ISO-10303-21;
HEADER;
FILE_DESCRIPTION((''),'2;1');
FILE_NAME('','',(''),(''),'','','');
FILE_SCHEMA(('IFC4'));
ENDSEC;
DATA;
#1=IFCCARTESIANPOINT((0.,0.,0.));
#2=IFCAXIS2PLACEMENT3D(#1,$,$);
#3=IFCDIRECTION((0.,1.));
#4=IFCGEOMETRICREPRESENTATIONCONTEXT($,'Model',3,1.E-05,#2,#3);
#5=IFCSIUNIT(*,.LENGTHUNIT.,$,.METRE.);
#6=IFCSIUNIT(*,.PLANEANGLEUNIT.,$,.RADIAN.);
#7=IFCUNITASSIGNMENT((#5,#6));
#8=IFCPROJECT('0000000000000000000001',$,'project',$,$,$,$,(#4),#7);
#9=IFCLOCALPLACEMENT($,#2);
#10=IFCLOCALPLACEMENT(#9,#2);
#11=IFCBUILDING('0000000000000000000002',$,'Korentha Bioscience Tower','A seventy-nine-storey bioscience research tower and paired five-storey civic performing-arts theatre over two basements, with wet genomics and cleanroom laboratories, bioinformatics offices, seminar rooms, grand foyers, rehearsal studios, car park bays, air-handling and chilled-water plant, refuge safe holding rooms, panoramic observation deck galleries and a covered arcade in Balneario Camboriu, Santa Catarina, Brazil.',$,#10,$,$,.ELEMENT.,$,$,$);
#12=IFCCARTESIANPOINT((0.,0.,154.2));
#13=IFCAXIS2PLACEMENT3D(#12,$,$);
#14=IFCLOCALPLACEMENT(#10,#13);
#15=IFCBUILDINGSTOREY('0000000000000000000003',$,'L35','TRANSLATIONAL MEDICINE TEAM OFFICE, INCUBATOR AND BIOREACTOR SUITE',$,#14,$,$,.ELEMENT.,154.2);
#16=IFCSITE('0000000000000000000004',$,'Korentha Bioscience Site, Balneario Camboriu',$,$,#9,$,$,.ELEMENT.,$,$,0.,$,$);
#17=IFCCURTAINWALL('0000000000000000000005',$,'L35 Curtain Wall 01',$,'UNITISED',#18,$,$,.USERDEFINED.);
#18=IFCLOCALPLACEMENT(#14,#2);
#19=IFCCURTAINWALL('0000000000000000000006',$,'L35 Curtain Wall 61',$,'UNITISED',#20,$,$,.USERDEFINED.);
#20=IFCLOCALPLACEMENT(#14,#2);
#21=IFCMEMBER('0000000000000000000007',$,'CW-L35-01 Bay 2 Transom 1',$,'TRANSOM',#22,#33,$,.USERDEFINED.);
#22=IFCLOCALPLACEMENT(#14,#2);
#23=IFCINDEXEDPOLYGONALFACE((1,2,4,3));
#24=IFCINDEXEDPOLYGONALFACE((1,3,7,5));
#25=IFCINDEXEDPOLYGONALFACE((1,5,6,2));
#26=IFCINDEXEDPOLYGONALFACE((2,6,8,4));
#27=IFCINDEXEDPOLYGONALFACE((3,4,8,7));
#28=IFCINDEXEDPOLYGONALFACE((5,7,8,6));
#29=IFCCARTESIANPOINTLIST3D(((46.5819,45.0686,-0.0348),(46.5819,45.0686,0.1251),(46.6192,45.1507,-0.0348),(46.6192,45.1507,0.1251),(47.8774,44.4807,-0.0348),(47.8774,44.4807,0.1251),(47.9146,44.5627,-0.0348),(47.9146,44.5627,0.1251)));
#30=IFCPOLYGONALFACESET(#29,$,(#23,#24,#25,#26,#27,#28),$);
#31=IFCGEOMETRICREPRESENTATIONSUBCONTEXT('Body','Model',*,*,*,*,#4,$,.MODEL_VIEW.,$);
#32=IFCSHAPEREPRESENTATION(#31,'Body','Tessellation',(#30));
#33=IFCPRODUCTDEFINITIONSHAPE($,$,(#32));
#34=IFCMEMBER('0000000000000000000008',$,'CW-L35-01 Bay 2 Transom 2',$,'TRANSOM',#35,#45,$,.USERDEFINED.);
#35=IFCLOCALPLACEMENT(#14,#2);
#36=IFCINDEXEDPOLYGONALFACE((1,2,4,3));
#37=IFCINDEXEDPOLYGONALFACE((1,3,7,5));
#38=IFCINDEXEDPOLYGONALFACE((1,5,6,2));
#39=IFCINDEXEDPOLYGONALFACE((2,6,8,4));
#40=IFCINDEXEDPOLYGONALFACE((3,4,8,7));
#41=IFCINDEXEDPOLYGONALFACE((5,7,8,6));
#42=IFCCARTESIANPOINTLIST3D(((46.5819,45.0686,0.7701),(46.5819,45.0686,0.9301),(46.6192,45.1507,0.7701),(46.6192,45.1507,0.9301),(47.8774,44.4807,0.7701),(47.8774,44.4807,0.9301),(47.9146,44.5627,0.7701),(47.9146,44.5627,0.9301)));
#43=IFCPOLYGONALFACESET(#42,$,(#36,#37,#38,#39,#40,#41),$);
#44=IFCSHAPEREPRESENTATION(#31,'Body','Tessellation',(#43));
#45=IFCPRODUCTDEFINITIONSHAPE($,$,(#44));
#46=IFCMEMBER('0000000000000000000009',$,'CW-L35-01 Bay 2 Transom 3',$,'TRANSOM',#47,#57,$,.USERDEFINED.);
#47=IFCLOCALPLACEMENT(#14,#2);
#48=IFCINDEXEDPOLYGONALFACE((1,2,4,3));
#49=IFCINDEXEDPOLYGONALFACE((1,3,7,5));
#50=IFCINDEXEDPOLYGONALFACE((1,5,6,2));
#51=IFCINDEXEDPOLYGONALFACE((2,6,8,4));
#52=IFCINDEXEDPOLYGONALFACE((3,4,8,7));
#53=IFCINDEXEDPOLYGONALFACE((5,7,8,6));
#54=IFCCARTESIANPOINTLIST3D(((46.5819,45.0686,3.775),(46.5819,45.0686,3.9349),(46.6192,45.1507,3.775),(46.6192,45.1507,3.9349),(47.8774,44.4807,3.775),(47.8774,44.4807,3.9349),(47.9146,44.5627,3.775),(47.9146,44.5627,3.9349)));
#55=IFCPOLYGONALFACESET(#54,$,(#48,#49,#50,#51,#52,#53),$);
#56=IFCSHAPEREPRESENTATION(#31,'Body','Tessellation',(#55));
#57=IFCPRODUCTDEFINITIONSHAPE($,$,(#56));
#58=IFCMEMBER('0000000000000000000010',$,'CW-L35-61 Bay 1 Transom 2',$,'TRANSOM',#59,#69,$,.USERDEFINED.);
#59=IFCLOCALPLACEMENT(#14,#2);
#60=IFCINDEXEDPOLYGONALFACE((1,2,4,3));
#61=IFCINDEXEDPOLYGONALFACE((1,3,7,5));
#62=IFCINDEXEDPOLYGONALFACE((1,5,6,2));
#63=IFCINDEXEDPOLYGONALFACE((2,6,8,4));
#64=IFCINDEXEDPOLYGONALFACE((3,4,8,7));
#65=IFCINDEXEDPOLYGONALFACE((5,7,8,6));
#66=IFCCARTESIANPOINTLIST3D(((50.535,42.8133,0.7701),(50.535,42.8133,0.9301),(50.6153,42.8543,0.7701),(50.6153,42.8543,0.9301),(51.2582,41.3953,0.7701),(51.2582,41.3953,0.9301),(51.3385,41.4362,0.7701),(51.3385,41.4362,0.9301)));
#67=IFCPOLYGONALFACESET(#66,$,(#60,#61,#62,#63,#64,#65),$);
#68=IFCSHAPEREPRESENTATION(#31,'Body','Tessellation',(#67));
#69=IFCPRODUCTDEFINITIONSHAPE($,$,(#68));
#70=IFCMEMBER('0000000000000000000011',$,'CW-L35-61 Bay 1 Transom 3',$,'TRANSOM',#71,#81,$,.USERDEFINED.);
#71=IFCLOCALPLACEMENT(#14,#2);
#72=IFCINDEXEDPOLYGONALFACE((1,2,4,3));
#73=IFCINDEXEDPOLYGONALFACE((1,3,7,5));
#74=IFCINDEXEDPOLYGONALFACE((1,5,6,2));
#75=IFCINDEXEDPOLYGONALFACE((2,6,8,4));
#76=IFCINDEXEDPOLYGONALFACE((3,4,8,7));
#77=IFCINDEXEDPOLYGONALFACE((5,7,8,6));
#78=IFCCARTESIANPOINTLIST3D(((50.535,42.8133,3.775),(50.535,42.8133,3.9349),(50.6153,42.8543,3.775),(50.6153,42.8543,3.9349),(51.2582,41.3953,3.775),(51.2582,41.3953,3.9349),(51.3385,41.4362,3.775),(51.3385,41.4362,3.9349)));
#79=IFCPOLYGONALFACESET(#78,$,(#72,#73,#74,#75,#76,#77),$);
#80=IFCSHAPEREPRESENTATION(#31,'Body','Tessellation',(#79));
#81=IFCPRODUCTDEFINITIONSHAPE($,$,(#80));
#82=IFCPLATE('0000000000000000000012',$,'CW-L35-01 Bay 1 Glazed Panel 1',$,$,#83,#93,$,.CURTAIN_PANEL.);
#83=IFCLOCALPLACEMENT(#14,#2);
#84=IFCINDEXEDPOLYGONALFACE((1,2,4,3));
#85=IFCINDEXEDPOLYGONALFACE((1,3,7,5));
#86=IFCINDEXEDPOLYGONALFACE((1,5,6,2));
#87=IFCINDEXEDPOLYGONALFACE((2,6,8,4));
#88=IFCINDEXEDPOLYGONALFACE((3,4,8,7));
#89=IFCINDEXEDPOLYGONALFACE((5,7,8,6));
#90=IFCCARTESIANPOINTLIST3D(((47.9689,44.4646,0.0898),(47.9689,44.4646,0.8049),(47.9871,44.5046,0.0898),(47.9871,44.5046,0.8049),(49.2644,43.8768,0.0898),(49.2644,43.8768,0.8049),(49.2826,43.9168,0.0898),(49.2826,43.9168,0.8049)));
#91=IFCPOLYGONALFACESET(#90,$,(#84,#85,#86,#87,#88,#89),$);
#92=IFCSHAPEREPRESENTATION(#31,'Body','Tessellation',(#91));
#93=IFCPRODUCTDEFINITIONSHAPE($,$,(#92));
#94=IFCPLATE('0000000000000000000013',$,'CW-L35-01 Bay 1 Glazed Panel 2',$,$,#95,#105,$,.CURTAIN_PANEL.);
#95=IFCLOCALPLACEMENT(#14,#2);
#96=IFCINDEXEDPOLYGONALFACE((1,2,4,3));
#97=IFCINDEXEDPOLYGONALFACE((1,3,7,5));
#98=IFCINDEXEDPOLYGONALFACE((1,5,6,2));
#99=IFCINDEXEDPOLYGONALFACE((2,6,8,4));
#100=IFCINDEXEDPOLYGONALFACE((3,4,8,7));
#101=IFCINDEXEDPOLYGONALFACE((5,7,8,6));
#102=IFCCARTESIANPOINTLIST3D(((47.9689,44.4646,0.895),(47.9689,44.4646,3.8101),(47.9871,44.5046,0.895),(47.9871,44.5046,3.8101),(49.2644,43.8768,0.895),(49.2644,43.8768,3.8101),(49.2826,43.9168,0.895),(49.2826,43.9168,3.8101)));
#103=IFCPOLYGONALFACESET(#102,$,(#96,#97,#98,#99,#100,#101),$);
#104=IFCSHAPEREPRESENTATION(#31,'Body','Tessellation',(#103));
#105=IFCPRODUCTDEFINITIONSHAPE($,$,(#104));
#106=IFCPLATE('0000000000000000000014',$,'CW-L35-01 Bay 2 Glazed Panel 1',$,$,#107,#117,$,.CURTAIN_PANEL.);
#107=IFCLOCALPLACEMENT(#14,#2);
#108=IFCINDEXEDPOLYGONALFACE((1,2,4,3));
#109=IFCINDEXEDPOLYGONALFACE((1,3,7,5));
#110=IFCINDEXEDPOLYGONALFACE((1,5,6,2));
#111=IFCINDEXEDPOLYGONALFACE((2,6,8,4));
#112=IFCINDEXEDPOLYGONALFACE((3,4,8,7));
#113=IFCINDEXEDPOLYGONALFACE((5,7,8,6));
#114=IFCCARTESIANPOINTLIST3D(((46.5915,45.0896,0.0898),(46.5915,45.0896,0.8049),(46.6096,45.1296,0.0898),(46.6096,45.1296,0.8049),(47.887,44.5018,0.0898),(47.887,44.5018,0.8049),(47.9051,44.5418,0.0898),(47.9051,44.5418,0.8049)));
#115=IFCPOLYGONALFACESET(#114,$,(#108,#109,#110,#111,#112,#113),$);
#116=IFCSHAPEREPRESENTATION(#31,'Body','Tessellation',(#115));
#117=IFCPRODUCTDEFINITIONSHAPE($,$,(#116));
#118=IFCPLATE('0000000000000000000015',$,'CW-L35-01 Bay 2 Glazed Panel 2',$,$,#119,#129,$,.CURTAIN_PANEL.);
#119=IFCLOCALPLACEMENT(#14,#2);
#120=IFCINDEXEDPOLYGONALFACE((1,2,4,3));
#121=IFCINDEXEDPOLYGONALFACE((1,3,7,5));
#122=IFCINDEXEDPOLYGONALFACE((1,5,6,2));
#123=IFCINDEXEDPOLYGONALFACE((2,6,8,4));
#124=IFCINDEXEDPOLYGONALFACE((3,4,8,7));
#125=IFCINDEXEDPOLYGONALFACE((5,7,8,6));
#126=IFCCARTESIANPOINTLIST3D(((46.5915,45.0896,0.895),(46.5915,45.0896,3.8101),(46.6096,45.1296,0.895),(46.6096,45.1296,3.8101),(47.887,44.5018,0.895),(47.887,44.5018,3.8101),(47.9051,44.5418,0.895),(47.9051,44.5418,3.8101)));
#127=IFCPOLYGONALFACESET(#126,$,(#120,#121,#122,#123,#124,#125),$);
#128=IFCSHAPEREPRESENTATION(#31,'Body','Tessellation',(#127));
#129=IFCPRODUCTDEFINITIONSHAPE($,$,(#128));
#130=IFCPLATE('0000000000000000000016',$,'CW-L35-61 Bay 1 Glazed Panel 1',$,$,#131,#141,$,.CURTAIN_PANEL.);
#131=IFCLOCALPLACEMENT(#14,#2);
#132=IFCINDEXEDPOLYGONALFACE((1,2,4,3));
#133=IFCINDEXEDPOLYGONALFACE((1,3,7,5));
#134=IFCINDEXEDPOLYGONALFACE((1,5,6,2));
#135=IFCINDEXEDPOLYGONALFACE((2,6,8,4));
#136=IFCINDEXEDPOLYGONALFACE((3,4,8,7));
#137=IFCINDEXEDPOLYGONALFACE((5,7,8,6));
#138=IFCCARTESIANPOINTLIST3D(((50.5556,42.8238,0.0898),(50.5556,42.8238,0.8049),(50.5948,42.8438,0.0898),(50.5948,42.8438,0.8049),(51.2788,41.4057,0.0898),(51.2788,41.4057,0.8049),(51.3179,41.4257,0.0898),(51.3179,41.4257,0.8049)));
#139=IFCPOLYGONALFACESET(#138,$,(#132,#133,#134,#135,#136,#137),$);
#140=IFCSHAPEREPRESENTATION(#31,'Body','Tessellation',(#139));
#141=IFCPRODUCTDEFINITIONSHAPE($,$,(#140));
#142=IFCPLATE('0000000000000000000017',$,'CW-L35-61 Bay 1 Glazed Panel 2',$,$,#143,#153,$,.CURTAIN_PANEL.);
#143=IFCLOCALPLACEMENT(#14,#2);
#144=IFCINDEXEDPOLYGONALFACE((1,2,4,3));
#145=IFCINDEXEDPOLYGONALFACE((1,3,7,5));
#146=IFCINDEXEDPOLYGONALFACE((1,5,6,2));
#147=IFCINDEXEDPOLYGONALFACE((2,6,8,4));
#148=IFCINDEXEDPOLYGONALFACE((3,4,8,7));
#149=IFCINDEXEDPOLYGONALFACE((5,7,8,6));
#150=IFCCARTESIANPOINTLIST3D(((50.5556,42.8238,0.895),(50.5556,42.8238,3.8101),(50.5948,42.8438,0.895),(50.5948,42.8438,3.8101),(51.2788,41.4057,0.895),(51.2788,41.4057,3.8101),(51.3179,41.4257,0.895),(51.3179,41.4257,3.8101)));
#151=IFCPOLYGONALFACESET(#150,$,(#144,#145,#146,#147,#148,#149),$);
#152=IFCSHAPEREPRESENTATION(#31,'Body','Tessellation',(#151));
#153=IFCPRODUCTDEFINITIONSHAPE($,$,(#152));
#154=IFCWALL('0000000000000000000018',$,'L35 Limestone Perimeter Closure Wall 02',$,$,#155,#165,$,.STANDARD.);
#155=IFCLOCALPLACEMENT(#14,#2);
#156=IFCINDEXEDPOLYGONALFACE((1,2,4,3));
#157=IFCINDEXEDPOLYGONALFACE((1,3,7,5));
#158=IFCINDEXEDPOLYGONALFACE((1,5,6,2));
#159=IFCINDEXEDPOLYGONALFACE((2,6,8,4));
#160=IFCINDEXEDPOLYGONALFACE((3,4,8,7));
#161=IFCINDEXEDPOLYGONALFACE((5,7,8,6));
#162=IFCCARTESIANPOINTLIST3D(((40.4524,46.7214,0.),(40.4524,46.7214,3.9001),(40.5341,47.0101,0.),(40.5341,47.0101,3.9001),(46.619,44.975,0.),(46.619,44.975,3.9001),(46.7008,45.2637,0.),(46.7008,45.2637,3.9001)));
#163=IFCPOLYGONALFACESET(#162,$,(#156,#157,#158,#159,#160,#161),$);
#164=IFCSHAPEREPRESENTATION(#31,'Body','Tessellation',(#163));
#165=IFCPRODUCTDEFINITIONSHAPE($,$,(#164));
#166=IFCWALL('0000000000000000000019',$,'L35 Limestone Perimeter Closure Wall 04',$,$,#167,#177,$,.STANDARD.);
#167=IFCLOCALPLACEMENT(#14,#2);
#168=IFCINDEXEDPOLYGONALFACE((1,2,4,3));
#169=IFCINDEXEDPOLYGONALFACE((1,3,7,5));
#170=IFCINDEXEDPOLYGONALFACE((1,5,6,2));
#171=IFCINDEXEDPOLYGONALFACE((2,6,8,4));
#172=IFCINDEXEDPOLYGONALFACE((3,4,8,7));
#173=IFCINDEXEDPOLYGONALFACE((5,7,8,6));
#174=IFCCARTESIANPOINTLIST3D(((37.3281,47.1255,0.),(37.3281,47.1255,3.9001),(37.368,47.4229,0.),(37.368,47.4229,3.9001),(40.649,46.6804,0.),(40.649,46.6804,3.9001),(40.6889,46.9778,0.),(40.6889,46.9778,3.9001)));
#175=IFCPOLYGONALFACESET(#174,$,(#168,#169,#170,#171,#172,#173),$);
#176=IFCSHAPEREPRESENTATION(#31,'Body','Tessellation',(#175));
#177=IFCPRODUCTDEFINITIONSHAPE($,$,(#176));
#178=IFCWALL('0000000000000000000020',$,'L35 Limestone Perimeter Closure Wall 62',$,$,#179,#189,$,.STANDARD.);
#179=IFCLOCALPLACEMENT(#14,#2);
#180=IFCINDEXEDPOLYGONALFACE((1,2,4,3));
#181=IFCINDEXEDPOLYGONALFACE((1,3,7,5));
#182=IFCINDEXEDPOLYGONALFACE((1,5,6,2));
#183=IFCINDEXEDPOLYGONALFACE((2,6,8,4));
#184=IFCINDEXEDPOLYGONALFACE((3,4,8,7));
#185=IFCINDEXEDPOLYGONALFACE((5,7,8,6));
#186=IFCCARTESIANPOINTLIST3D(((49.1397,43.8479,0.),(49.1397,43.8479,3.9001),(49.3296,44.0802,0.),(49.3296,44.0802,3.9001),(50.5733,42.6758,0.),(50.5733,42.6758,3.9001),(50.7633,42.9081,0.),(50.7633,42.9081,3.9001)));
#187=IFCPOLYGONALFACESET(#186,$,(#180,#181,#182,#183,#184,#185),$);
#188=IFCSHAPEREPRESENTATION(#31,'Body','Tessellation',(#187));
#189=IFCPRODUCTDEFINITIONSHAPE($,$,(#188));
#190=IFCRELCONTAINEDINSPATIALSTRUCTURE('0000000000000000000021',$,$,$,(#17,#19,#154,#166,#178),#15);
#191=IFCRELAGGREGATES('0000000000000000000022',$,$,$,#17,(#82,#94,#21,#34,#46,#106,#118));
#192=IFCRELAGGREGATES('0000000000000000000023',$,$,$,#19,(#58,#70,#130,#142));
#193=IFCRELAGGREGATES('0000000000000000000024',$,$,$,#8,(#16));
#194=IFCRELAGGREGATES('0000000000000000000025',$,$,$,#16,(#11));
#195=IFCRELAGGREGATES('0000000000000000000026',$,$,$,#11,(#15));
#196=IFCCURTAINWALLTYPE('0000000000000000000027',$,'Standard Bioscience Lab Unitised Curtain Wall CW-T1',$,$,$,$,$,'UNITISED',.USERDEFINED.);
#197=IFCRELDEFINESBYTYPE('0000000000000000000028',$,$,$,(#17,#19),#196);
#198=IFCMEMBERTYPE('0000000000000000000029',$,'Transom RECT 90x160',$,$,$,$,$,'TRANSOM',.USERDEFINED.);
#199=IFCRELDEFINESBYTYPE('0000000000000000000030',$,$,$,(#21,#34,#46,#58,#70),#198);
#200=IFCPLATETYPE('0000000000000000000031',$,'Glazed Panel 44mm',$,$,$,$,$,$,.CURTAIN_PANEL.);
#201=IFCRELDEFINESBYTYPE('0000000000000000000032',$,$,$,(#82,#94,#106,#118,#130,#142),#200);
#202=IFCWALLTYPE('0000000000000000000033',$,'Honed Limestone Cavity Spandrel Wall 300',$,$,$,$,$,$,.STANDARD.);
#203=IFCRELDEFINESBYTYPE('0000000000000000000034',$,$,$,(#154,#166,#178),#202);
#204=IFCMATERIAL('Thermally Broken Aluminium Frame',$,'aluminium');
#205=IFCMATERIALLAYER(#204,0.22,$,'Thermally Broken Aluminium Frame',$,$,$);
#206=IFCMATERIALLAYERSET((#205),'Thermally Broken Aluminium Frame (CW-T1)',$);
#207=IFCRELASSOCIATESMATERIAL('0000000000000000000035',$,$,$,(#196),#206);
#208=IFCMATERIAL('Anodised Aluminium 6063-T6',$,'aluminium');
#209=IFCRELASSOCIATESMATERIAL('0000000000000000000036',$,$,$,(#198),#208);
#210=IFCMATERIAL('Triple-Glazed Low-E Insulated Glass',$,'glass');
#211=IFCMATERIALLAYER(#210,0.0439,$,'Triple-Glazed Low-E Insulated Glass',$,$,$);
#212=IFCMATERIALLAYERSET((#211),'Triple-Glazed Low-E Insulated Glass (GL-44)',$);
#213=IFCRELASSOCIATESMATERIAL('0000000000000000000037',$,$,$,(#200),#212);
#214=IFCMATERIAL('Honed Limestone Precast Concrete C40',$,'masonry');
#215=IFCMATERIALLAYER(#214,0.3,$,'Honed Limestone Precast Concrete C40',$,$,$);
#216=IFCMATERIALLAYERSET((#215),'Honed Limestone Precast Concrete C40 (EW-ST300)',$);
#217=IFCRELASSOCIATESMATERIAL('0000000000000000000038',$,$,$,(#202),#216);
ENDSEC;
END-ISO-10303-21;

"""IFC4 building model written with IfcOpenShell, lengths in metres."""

from ifc_helpers import new_model, si_unit, direction, frame, frame_2d, origin, origin_2d, place, context, subcontext, project, spatial, rectangle, extrude, material, layer, layer_set, material_profile, profile_set, type_object, element, aggregate, save


model = new_model("IFC4")

# Units and contexts
model_context = context("Model", 3, precision=1e-05, world=origin(), true_north=direction((0.0, 1.0)))
body_context = subcontext(model_context, "Body", "Model", "MODEL_VIEW")
ifc_project = project(units=[si_unit("LENGTHUNIT", "METRE"), si_unit("PLANEANGLEUNIT", "RADIAN")], contexts=[model_context])

# Site, building, storey
site_placement = place(None, origin())
site = spatial("IfcSite", under=ifc_project, at=site_placement, Name="Korentha Bioscience Site, Balneario Camboriu", CompositionType="ELEMENT", RefElevation=0.0)
building_placement = place(site_placement, origin())
building = spatial("IfcBuilding", under=site, at=building_placement, Name="Korentha Bioscience Tower", Description="A seventy-nine-storey bioscience research tower and paired five-storey civic performing-arts theatre over two basements, with wet genomics and cleanroom laboratories, bioinformatics offices, seminar rooms, grand foyers, rehearsal studios, car park bays, air-handling and chilled-water plant, refuge safe holding rooms, panoramic observation deck galleries and a covered arcade in Balneario Camboriu, Santa Catarina, Brazil.", CompositionType="ELEMENT")
storey_placement = place(building_placement, frame((0.0, 0.0, 154.2)))
storey = spatial("IfcBuildingStorey", under=building, at=storey_placement, Name="L35", Description="TRANSLATIONAL MEDICINE TEAM OFFICE, INCUBATOR AND BIOREACTOR SUITE", CompositionType="ELEMENT", Elevation=154.2)

# Curtain wall
ifc_material_1 = material(Name="Thermally Broken Aluminium Frame", Category="aluminium")
ifc_layer_1 = layer(ifc_material_1, 0.22, Name="Thermally Broken Aluminium Frame")
ifc_layer_set_1 = layer_set([ifc_layer_1], Name="Thermally Broken Aluminium Frame (CW-T1)")
curtain_wall_type = type_object("IfcCurtainWallType", Name="Standard Bioscience Lab Unitised Curtain Wall CW-T1", ElementType="UNITISED", PredefinedType="USERDEFINED", material=ifc_layer_set_1)
curtain_wall_1_placement = place(storey_placement, origin())
curtain_wall_1 = element("IfcCurtainWall", 1, at=curtain_wall_1_placement, inside=storey, type_object=curtain_wall_type, Name="L35 Curtain Wall 01", ObjectType="UNITISED", PredefinedType="USERDEFINED")
ifc_material_2 = material(Name="Anodised Aluminium 6063-T6", Category="aluminium")

# Curtain wall
curtain_wall_2_placement = place(storey_placement, origin())
curtain_wall_2 = element("IfcCurtainWall", 2, at=curtain_wall_2_placement, inside=storey, type_object=curtain_wall_type, Name="L35 Curtain Wall 61", ObjectType="UNITISED", PredefinedType="USERDEFINED")

# Members
ifc_material_profile_1 = material_profile(ifc_material_2, rectangle(XDim=0.0901, YDim=0.1599, at=origin_2d()), Name="Anodised Aluminium 6063-T6")
ifc_profile_set_1 = profile_set([ifc_material_profile_1], Name="Anodised Aluminium 6063-T6 (CW-TRN)")
member_type_1 = type_object("IfcMemberType", Name="Transom RECT 90x160", ElementType="TRANSOM", PredefinedType="USERDEFINED", material=ifc_profile_set_1)
member_1_placement = place(storey_placement, frame((47.896, 44.5217, 0.0452), z_axis=(-0.910613, 0.41326, 0.0), x_axis=(-0.41326, -0.910613, 0.0)))
member_1 = element("IfcMember", 3, at=member_1_placement, type_object=member_type_1, Name="CW-L35-01 Bay 2 Transom 1", ObjectType="TRANSOM", PredefinedType="USERDEFINED", context=body_context, shape_type="SweptSolid", body=[
    extrude(rectangle(XDim=0.0901, YDim=0.1599, at=origin_2d()), origin(), (0.0, 0.0, 1.0), 1.4226),
])
member_2_placement = place(storey_placement, frame((47.896, 44.5217, 0.8501), z_axis=(-0.910613, 0.41326, 0.0), x_axis=(-0.41326, -0.910613, 0.0)))
member_2 = element("IfcMember", 4, at=member_2_placement, type_object=member_type_1, Name="CW-L35-01 Bay 2 Transom 2", ObjectType="TRANSOM", PredefinedType="USERDEFINED", context=body_context, shape_type="SweptSolid", body=[
    extrude(rectangle(XDim=0.0901, YDim=0.1599, at=origin_2d()), origin(), (0.0, 0.0, 1.0), 1.4226),
])
member_3_placement = place(storey_placement, frame((47.896, 44.5217, 3.855), z_axis=(-0.910613, 0.41326, 0.0), x_axis=(-0.41326, -0.910613, 0.0)))
member_3 = element("IfcMember", 5, at=member_3_placement, type_object=member_type_1, Name="CW-L35-01 Bay 2 Transom 3", ObjectType="TRANSOM", PredefinedType="USERDEFINED", context=body_context, shape_type="SweptSolid", body=[
    extrude(rectangle(XDim=0.0901, YDim=0.1599, at=origin_2d()), origin(), (0.0, 0.0, 1.0), 1.4226),
])
member_4_placement = place(storey_placement, frame((51.2983, 41.4158, 0.8501), z_axis=(-0.454316, 0.89084, 0.0), x_axis=(-0.89084, -0.454316, 0.0)))
member_4 = element("IfcMember", 6, at=member_4_placement, type_object=member_type_1, Name="CW-L35-61 Bay 1 Transom 2", ObjectType="TRANSOM", PredefinedType="USERDEFINED", context=body_context, shape_type="SweptSolid", body=[
    extrude(rectangle(XDim=0.0901, YDim=0.1599, at=origin_2d()), origin(), (0.0, 0.0, 1.0), 1.5918),
])
member_5_placement = place(storey_placement, frame((51.2983, 41.4158, 3.855), z_axis=(-0.454316, 0.89084, 0.0), x_axis=(-0.89084, -0.454316, 0.0)))
member_5 = element("IfcMember", 7, at=member_5_placement, type_object=member_type_1, Name="CW-L35-61 Bay 1 Transom 3", ObjectType="TRANSOM", PredefinedType="USERDEFINED", context=body_context, shape_type="SweptSolid", body=[
    extrude(rectangle(XDim=0.0901, YDim=0.1599, at=origin_2d()), origin(), (0.0, 0.0, 1.0), 1.5918),
])

# Plates
ifc_material_3 = material(Name="Triple-Glazed Low-E Insulated Glass", Category="glass")
ifc_layer_2 = layer(ifc_material_3, 0.0439, Name="Triple-Glazed Low-E Insulated Glass")
ifc_layer_set_2 = layer_set([ifc_layer_2], Name="Triple-Glazed Low-E Insulated Glass (GL-44)")
plate_type = type_object("IfcPlateType", Name="Glazed Panel 44mm", PredefinedType="CURTAIN_PANEL", material=ifc_layer_set_2)
plate_1_placement = place(storey_placement, frame((48.6257, 44.1907, 0.0898), z_axis=(0.0, 0.0, 1.0), x_axis=(-0.910644, 0.413191, 0.0)))
plate_1 = element("IfcPlate", 8, at=plate_1_placement, type_object=plate_type, Name="CW-L35-01 Bay 1 Glazed Panel 1", PredefinedType="CURTAIN_PANEL", context=body_context, shape_type="SweptSolid", body=[
    extrude(rectangle(XDim=1.4226, YDim=0.0439, at=origin_2d()), origin(), (0.0, 0.0, 1.0), 0.7151),
])
plate_2_placement = place(storey_placement, frame((48.6257, 44.1907, 0.895), z_axis=(0.0, 0.0, 1.0), x_axis=(-0.910644, 0.413191, 0.0)))
plate_2 = element("IfcPlate", 9, at=plate_2_placement, type_object=plate_type, Name="CW-L35-01 Bay 1 Glazed Panel 2", PredefinedType="CURTAIN_PANEL", context=body_context, shape_type="SweptSolid", body=[
    extrude(rectangle(XDim=1.4226, YDim=0.0439, at=origin_2d()), origin(), (0.0, 0.0, 1.0), 2.915),
])
plate_3_placement = place(storey_placement, frame((47.2483, 44.8157, 0.0898), z_axis=(0.0, 0.0, 1.0), x_axis=(-0.910644, 0.413191, 0.0)))
plate_3 = element("IfcPlate", 10, at=plate_3_placement, type_object=plate_type, Name="CW-L35-01 Bay 2 Glazed Panel 1", PredefinedType="CURTAIN_PANEL", context=body_context, shape_type="SweptSolid", body=[
    extrude(rectangle(XDim=1.4226, YDim=0.0439, at=origin_2d()), origin(), (0.0, 0.0, 1.0), 0.7151),
])
plate_4_placement = place(storey_placement, frame((47.2483, 44.8157, 0.895), z_axis=(0.0, 0.0, 1.0), x_axis=(-0.910644, 0.413191, 0.0)))
plate_4 = element("IfcPlate", 11, at=plate_4_placement, type_object=plate_type, Name="CW-L35-01 Bay 2 Glazed Panel 2", PredefinedType="CURTAIN_PANEL", context=body_context, shape_type="SweptSolid", body=[
    extrude(rectangle(XDim=1.4226, YDim=0.0439, at=origin_2d()), origin(), (0.0, 0.0, 1.0), 2.915),
])
aggregate(curtain_wall_1, [plate_1, plate_2, member_1, member_2, member_3, plate_3, plate_4])
plate_5_placement = place(storey_placement, frame((50.9368, 42.1248, 0.0898), z_axis=(0.0, 0.0, 1.0), x_axis=(-0.454288, 0.890855, 0.0)))
plate_5 = element("IfcPlate", 12, at=plate_5_placement, type_object=plate_type, Name="CW-L35-61 Bay 1 Glazed Panel 1", PredefinedType="CURTAIN_PANEL", context=body_context, shape_type="SweptSolid", body=[
    extrude(rectangle(XDim=1.5918, YDim=0.0439, at=origin_2d()), origin(), (0.0, 0.0, 1.0), 0.7151),
])
plate_6_placement = place(storey_placement, frame((50.9368, 42.1248, 0.895), z_axis=(0.0, 0.0, 1.0), x_axis=(-0.454288, 0.890855, 0.0)))
plate_6 = element("IfcPlate", 13, at=plate_6_placement, type_object=plate_type, Name="CW-L35-61 Bay 1 Glazed Panel 2", PredefinedType="CURTAIN_PANEL", context=body_context, shape_type="SweptSolid", body=[
    extrude(rectangle(XDim=1.5918, YDim=0.0439, at=origin_2d()), origin(), (0.0, 0.0, 1.0), 2.915),
])
aggregate(curtain_wall_2, [member_4, member_5, plate_5, plate_6])

# Walls
ifc_material_4 = material(Name="Honed Limestone Precast Concrete C40", Category="masonry")
ifc_layer_3 = layer(ifc_material_4, 0.3, Name="Honed Limestone Precast Concrete C40")
ifc_layer_set_3 = layer_set([ifc_layer_3], Name="Honed Limestone Precast Concrete C40 (EW-ST300)")
wall_type = type_object("IfcWallType", Name="Honed Limestone Cavity Spandrel Wall 300", PredefinedType="STANDARD", material=ifc_layer_set_3)
wall_1_placement = place(storey_placement, frame((46.6599, 45.1194, 0.0), z_axis=(0.0, 0.0, 1.0), x_axis=(-0.962164, 0.272472, 0.0)))
element("IfcWall", 14, at=wall_1_placement, inside=storey, type_object=wall_type, Name="L35 Limestone Perimeter Closure Wall 02", PredefinedType="STANDARD", context=body_context, shape_type="SweptSolid", body=[
    extrude(rectangle(XDim=6.4092, YDim=0.3, at=frame_2d((3.2046, 0.0))), origin(), (0.0, 0.0, 1.0), 3.9001),
])
wall_2_placement = place(storey_placement, frame((40.6689, 46.8291, 0.0), z_axis=(0.0, 0.0, 1.0), x_axis=(-0.991138, 0.132837, 0.0)))
element("IfcWall", 15, at=wall_2_placement, inside=storey, type_object=wall_type, Name="L35 Limestone Perimeter Closure Wall 04", PredefinedType="STANDARD", context=body_context, shape_type="SweptSolid", body=[
    extrude(rectangle(XDim=3.3506, YDim=0.3, at=frame_2d((1.6753, 0.0))), origin(), (0.0, 0.0, 1.0), 3.9001),
])
wall_3_placement = place(storey_placement, frame((50.6682, 42.792, 0.0), z_axis=(0.0, 0.0, 1.0), x_axis=(-0.774175, 0.632972, 0.0)))
element("IfcWall", 16, at=wall_3_placement, inside=storey, type_object=wall_type, Name="L35 Limestone Perimeter Closure Wall 62", PredefinedType="STANDARD", context=body_context, shape_type="SweptSolid", body=[
    extrude(rectangle(XDim=1.8518, YDim=0.3, at=frame_2d((0.9258, 0.0))), origin(), (0.0, 0.0, 1.0), 3.9001),
])

save(model, "model.ifc")
